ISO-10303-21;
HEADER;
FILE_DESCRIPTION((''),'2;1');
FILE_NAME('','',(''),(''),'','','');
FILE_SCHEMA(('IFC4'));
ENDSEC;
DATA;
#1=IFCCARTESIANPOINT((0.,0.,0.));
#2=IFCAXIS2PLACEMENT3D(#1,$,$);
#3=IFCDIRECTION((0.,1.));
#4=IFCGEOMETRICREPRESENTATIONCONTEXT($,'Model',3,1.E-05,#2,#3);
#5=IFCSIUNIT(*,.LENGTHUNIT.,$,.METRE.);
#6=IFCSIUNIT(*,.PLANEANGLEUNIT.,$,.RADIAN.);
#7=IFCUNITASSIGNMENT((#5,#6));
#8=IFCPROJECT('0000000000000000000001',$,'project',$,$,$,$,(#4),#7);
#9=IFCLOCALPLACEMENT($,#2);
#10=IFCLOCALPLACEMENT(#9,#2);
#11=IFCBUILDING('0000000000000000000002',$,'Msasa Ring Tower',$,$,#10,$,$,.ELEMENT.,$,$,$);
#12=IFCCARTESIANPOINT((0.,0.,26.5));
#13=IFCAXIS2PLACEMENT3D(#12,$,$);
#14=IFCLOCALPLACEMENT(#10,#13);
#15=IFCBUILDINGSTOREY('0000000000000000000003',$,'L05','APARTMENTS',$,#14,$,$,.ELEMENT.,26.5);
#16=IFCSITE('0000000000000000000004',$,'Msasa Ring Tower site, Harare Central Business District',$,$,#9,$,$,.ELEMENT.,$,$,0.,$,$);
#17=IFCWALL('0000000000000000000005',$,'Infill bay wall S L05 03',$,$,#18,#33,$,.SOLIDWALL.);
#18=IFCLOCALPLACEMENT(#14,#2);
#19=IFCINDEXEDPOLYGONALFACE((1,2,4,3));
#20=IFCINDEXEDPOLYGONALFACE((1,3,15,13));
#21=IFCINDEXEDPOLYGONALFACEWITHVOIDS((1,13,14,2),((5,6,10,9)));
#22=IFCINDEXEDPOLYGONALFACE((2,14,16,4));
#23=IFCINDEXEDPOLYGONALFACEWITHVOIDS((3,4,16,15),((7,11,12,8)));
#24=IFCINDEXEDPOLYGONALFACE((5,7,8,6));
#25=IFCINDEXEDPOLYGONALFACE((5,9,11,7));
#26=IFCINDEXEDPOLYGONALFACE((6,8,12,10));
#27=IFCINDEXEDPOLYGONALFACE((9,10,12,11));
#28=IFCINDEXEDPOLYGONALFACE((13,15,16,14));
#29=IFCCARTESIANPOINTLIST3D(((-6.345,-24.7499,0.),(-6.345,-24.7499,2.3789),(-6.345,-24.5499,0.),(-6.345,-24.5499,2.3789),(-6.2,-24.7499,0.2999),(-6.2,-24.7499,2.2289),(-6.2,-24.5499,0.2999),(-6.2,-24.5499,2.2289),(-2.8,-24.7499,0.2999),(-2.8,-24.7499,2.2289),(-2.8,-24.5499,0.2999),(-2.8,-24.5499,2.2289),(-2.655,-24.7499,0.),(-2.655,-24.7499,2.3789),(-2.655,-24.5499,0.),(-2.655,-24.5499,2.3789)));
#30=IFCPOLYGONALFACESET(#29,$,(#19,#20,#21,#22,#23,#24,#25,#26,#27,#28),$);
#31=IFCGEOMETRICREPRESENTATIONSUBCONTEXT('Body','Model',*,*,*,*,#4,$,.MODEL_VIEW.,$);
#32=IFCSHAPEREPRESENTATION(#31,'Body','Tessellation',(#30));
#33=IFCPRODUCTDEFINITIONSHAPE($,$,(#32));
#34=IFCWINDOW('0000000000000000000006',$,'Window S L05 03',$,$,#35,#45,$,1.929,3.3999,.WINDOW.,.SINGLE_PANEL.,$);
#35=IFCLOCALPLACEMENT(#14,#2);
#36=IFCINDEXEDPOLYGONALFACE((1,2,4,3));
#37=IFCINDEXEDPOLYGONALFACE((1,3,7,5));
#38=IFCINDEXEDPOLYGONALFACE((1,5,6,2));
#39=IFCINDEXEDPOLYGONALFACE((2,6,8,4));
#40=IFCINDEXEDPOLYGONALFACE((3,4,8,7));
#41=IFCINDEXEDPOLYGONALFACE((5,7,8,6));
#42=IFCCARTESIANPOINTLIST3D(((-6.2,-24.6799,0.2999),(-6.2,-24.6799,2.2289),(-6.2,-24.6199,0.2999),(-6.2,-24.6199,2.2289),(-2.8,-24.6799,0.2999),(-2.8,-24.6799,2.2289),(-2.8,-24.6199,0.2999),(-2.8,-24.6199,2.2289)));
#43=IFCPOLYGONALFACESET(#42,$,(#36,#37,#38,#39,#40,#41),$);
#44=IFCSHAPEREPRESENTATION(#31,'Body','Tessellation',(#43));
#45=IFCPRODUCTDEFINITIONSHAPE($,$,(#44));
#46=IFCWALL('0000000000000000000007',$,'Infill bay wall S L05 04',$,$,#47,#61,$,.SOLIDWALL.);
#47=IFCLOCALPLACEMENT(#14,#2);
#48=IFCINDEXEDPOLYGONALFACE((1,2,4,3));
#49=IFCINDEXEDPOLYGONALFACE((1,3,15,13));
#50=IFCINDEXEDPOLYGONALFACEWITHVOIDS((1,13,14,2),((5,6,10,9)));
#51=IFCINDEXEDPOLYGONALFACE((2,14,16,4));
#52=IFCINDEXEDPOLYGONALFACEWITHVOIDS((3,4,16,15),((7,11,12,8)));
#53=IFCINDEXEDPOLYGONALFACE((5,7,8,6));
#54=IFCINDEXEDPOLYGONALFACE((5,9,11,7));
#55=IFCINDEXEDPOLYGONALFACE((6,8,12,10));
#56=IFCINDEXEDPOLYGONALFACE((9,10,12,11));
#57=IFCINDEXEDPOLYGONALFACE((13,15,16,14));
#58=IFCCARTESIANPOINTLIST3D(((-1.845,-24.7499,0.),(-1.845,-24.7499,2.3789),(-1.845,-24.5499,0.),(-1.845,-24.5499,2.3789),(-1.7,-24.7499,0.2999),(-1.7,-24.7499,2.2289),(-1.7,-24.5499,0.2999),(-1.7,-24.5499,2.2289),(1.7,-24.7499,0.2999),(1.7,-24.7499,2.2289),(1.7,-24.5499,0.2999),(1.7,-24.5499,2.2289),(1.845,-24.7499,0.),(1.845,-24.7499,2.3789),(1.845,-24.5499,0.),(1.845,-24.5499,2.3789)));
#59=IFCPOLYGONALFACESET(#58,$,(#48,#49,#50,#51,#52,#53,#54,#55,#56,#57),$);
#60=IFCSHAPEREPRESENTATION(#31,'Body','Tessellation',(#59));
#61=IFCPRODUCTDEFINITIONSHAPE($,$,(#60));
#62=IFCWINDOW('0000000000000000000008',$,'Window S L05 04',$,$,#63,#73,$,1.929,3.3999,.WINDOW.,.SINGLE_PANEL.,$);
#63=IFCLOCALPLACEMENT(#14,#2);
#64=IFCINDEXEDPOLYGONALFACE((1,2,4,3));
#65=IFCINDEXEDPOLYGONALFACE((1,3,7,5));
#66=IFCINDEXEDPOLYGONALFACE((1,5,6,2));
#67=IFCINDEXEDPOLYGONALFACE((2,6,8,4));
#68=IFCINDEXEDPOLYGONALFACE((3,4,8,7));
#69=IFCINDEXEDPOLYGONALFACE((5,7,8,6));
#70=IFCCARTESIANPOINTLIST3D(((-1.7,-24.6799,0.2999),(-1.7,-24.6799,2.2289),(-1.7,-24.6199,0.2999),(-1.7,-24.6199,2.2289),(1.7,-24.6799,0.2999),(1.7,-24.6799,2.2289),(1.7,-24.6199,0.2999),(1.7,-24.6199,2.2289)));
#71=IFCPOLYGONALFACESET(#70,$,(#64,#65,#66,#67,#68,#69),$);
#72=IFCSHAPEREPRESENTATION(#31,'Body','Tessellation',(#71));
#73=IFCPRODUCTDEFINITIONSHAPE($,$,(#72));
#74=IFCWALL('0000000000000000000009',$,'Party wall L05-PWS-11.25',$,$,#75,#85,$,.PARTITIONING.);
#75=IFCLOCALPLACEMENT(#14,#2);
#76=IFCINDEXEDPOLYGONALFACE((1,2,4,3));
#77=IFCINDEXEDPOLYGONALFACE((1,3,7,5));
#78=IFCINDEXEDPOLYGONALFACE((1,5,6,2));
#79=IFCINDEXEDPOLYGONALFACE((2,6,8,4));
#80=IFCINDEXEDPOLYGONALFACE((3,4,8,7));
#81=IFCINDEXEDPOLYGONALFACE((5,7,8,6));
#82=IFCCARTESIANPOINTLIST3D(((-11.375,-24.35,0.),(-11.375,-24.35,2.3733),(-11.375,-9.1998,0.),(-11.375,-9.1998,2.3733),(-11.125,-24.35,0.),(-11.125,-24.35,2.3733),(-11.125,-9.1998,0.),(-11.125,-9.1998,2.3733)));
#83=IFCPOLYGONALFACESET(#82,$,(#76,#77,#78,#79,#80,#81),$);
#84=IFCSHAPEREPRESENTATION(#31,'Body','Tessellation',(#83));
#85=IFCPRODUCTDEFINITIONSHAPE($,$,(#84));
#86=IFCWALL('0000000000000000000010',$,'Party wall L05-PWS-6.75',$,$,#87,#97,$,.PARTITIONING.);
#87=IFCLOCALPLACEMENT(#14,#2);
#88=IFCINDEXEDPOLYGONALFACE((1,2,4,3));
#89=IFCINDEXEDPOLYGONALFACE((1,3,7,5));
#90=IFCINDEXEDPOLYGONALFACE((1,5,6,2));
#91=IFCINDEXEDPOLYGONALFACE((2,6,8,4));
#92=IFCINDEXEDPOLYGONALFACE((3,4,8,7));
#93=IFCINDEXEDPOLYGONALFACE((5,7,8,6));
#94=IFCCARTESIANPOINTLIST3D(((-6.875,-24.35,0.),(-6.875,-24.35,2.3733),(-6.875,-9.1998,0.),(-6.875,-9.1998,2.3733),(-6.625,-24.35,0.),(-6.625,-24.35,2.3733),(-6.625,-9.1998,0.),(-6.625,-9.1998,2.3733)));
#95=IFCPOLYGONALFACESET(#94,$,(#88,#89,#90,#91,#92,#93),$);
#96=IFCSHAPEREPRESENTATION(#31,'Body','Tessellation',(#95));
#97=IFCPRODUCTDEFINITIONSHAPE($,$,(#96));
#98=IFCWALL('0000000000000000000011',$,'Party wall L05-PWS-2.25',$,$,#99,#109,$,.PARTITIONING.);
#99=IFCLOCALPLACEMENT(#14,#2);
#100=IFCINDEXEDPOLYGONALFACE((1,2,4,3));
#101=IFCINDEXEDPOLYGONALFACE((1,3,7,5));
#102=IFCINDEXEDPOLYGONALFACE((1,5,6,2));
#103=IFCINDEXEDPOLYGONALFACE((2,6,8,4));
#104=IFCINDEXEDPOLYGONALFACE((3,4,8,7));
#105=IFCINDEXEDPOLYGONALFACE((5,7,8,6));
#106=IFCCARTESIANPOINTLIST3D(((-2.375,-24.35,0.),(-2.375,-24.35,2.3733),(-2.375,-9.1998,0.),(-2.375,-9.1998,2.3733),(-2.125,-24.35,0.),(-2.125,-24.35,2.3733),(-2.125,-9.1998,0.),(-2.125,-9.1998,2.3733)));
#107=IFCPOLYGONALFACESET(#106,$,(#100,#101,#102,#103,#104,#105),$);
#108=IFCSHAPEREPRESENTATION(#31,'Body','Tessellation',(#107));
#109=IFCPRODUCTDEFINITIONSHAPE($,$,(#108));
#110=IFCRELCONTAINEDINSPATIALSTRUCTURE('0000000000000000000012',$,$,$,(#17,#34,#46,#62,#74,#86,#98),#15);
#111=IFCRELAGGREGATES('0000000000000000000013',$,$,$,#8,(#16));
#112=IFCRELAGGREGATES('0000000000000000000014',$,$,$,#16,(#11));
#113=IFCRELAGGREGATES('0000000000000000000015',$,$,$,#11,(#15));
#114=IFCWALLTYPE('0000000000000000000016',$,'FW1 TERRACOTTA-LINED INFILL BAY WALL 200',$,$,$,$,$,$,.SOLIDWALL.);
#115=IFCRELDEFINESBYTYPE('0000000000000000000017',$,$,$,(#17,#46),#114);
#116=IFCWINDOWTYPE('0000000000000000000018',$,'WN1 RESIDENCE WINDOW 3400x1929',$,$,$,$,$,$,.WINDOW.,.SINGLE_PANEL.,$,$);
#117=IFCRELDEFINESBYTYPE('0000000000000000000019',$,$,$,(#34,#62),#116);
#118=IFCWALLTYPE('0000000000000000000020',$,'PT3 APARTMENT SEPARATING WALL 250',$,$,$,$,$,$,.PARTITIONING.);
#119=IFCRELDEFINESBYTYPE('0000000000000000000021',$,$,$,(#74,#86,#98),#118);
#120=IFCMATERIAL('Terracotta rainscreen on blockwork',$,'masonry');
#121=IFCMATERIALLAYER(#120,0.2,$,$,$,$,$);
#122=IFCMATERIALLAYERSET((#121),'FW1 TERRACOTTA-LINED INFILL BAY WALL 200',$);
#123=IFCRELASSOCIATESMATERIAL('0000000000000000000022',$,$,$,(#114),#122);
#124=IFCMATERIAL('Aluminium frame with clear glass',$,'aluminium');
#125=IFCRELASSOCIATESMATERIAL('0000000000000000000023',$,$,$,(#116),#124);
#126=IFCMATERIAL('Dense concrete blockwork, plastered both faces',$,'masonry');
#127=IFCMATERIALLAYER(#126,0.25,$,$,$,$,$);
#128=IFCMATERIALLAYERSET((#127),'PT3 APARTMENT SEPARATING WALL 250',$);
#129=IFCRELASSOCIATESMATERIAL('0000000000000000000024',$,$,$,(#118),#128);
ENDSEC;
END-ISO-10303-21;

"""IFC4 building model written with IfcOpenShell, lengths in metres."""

from ifc_helpers import new_model, si_unit, direction, frame, frame_2d, origin, place, context, subcontext, project, spatial, rectangle, extrude, material, layer, layer_set, type_object, element, fill, save


model = new_model("IFC4")

# Units and contexts
model_context = context("Model", 3, precision=1e-05, world=origin(), true_north=direction((0.0, 1.0)))
body_context = subcontext(model_context, "Body", "Model", "MODEL_VIEW")
ifc_project = project(units=[si_unit("LENGTHUNIT", "METRE"), si_unit("PLANEANGLEUNIT", "RADIAN")], contexts=[model_context])

# Site, building, storey
site_placement = place(None, origin())
site = spatial("IfcSite", under=ifc_project, at=site_placement, Name="Msasa Ring Tower site, Harare Central Business District", CompositionType="ELEMENT", RefElevation=0.0)
building_placement = place(site_placement, origin())
building = spatial("IfcBuilding", under=site, at=building_placement, Name="Msasa Ring Tower", CompositionType="ELEMENT")
storey_placement = place(building_placement, frame((0.0, 0.0, 26.5)))
storey = spatial("IfcBuildingStorey", under=building, at=storey_placement, Name="L05", Description="APARTMENTS", CompositionType="ELEMENT", Elevation=26.5)

# Walls, openings, windows
ifc_material_1 = material(Name="Terracotta rainscreen on blockwork", Category="masonry")
ifc_layer_1 = layer(ifc_material_1, 0.2)
ifc_layer_set_1 = layer_set([ifc_layer_1], Name="FW1 TERRACOTTA-LINED INFILL BAY WALL 200")
wall_type_1 = type_object("IfcWallType", Name="FW1 TERRACOTTA-LINED INFILL BAY WALL 200", PredefinedType="SOLIDWALL", material=ifc_layer_set_1)
ifc_material_2 = material(Name="Aluminium frame with clear glass", Category="aluminium")
window_type = type_object("IfcWindowType", Name="WN1 RESIDENCE WINDOW 3400x1929", PartitioningType="SINGLE_PANEL", PredefinedType="WINDOW", material=ifc_material_2)
wall_1_placement = place(storey_placement, frame((-6.345, -24.6499, 0.0), z_axis=(0.0, 0.0, 1.0), x_axis=(1.0, 0.0, 0.0)))
wall_1 = element("IfcWall", 1, at=wall_1_placement, inside=storey, type_object=wall_type_1, Name="Infill bay wall S L05 03", PredefinedType="SOLIDWALL", context=body_context, shape_type="SweptSolid", body=[
    extrude(rectangle(XDim=3.6899, YDim=0.2, at=frame_2d((1.845, 0.0))), origin(), (0.0, 0.0, 1.0), 2.3789),
])
opening_1_placement = place(wall_1_placement, frame((0.145, 0.0, 0.3)))
opening_1 = element("IfcOpeningElement", 2, at=opening_1_placement, cuts=wall_1, PredefinedType="OPENING", context=body_context, shape_type="SweptSolid", body=[
    extrude(rectangle(XDim=3.3999, YDim=1.929, at=frame_2d((1.7, 0.9644))), frame((0.0, 0.1099, 0.0), z_axis=(0.0, -1.0, 0.0), x_axis=(1.0, 0.0, 0.0)), (0.0, 0.0, 1.0), 0.22),
])
window_1_placement = place(opening_1_placement, origin())
window_1 = element("IfcWindow", 3, at=window_1_placement, inside=storey, type_object=window_type, Name="Window S L05 03", OverallHeight=1.929, OverallWidth=3.3999, PartitioningType="SINGLE_PANEL", PredefinedType="WINDOW", context=body_context, shape_type="SweptSolid", body=[
    extrude(rectangle(XDim=3.3999, YDim=1.929, at=frame_2d((1.7, 0.9644))), frame((0.0, 0.03, 0.0), z_axis=(0.0, -1.0, 0.0), x_axis=(1.0, 0.0, 0.0)), (0.0, 0.0, 1.0), 0.0601),
])
fill(opening_1, window_1)
wall_2_placement = place(storey_placement, frame((-1.845, -24.6499, 0.0), z_axis=(0.0, 0.0, 1.0), x_axis=(1.0, 0.0, 0.0)))
wall_2 = element("IfcWall", 4, at=wall_2_placement, inside=storey, type_object=wall_type_1, Name="Infill bay wall S L05 04", PredefinedType="SOLIDWALL", context=body_context, shape_type="SweptSolid", body=[
    extrude(rectangle(XDim=3.6899, YDim=0.2, at=frame_2d((1.845, 0.0))), origin(), (0.0, 0.0, 1.0), 2.3789),
])
opening_2_placement = place(wall_2_placement, frame((0.145, 0.0, 0.3)))
opening_2 = element("IfcOpeningElement", 5, at=opening_2_placement, cuts=wall_2, PredefinedType="OPENING", context=body_context, shape_type="SweptSolid", body=[
    extrude(rectangle(XDim=3.3999, YDim=1.929, at=frame_2d((1.7, 0.9644))), frame((0.0, 0.1099, 0.0), z_axis=(0.0, -1.0, 0.0), x_axis=(1.0, 0.0, 0.0)), (0.0, 0.0, 1.0), 0.22),
])
window_2_placement = place(opening_2_placement, origin())
window_2 = element("IfcWindow", 6, at=window_2_placement, inside=storey, type_object=window_type, Name="Window S L05 04", OverallHeight=1.929, OverallWidth=3.3999, PartitioningType="SINGLE_PANEL", PredefinedType="WINDOW", context=body_context, shape_type="SweptSolid", body=[
    extrude(rectangle(XDim=3.3999, YDim=1.929, at=frame_2d((1.7, 0.9644))), frame((0.0, 0.03, 0.0), z_axis=(0.0, -1.0, 0.0), x_axis=(1.0, 0.0, 0.0)), (0.0, 0.0, 1.0), 0.0601),
])
fill(opening_2, window_2)

# Walls
ifc_material_3 = material(Name="Dense concrete blockwork, plastered both faces", Category="masonry")
ifc_layer_2 = layer(ifc_material_3, 0.25)
ifc_layer_set_2 = layer_set([ifc_layer_2], Name="PT3 APARTMENT SEPARATING WALL 250")
wall_type_2 = type_object("IfcWallType", Name="PT3 APARTMENT SEPARATING WALL 250", PredefinedType="PARTITIONING", material=ifc_layer_set_2)
for number, where, z_axis, x_axis, name in (
    (7, (-11.25, -24.3501, 0.0), (0.0, 0.0, 1.0), (0.0, 1.0, 0.0), "Party wall L05-PWS-11.25"),
    (8, (-6.75, -24.3501, 0.0), (0.0, 0.0, 1.0), (0.0, 1.0, 0.0), "Party wall L05-PWS-6.75"),
    (9, (-2.25, -24.3501, 0.0), (0.0, 0.0, 1.0), (0.0, 1.0, 0.0), "Party wall L05-PWS-2.25"),
):
    element("IfcWall", number, at=place(storey_placement, frame(where, z_axis=z_axis, x_axis=x_axis)), inside=storey, type_object=wall_type_2, Name=name, PredefinedType="PARTITIONING", context=body_context, shape_type="SweptSolid", body=[
        extrude(rectangle(XDim=15.1501, YDim=0.25, at=frame_2d((7.5752, 0.0))), origin(), (0.0, 0.0, 1.0), 2.3733),
    ])

save(model, "model.ifc")
